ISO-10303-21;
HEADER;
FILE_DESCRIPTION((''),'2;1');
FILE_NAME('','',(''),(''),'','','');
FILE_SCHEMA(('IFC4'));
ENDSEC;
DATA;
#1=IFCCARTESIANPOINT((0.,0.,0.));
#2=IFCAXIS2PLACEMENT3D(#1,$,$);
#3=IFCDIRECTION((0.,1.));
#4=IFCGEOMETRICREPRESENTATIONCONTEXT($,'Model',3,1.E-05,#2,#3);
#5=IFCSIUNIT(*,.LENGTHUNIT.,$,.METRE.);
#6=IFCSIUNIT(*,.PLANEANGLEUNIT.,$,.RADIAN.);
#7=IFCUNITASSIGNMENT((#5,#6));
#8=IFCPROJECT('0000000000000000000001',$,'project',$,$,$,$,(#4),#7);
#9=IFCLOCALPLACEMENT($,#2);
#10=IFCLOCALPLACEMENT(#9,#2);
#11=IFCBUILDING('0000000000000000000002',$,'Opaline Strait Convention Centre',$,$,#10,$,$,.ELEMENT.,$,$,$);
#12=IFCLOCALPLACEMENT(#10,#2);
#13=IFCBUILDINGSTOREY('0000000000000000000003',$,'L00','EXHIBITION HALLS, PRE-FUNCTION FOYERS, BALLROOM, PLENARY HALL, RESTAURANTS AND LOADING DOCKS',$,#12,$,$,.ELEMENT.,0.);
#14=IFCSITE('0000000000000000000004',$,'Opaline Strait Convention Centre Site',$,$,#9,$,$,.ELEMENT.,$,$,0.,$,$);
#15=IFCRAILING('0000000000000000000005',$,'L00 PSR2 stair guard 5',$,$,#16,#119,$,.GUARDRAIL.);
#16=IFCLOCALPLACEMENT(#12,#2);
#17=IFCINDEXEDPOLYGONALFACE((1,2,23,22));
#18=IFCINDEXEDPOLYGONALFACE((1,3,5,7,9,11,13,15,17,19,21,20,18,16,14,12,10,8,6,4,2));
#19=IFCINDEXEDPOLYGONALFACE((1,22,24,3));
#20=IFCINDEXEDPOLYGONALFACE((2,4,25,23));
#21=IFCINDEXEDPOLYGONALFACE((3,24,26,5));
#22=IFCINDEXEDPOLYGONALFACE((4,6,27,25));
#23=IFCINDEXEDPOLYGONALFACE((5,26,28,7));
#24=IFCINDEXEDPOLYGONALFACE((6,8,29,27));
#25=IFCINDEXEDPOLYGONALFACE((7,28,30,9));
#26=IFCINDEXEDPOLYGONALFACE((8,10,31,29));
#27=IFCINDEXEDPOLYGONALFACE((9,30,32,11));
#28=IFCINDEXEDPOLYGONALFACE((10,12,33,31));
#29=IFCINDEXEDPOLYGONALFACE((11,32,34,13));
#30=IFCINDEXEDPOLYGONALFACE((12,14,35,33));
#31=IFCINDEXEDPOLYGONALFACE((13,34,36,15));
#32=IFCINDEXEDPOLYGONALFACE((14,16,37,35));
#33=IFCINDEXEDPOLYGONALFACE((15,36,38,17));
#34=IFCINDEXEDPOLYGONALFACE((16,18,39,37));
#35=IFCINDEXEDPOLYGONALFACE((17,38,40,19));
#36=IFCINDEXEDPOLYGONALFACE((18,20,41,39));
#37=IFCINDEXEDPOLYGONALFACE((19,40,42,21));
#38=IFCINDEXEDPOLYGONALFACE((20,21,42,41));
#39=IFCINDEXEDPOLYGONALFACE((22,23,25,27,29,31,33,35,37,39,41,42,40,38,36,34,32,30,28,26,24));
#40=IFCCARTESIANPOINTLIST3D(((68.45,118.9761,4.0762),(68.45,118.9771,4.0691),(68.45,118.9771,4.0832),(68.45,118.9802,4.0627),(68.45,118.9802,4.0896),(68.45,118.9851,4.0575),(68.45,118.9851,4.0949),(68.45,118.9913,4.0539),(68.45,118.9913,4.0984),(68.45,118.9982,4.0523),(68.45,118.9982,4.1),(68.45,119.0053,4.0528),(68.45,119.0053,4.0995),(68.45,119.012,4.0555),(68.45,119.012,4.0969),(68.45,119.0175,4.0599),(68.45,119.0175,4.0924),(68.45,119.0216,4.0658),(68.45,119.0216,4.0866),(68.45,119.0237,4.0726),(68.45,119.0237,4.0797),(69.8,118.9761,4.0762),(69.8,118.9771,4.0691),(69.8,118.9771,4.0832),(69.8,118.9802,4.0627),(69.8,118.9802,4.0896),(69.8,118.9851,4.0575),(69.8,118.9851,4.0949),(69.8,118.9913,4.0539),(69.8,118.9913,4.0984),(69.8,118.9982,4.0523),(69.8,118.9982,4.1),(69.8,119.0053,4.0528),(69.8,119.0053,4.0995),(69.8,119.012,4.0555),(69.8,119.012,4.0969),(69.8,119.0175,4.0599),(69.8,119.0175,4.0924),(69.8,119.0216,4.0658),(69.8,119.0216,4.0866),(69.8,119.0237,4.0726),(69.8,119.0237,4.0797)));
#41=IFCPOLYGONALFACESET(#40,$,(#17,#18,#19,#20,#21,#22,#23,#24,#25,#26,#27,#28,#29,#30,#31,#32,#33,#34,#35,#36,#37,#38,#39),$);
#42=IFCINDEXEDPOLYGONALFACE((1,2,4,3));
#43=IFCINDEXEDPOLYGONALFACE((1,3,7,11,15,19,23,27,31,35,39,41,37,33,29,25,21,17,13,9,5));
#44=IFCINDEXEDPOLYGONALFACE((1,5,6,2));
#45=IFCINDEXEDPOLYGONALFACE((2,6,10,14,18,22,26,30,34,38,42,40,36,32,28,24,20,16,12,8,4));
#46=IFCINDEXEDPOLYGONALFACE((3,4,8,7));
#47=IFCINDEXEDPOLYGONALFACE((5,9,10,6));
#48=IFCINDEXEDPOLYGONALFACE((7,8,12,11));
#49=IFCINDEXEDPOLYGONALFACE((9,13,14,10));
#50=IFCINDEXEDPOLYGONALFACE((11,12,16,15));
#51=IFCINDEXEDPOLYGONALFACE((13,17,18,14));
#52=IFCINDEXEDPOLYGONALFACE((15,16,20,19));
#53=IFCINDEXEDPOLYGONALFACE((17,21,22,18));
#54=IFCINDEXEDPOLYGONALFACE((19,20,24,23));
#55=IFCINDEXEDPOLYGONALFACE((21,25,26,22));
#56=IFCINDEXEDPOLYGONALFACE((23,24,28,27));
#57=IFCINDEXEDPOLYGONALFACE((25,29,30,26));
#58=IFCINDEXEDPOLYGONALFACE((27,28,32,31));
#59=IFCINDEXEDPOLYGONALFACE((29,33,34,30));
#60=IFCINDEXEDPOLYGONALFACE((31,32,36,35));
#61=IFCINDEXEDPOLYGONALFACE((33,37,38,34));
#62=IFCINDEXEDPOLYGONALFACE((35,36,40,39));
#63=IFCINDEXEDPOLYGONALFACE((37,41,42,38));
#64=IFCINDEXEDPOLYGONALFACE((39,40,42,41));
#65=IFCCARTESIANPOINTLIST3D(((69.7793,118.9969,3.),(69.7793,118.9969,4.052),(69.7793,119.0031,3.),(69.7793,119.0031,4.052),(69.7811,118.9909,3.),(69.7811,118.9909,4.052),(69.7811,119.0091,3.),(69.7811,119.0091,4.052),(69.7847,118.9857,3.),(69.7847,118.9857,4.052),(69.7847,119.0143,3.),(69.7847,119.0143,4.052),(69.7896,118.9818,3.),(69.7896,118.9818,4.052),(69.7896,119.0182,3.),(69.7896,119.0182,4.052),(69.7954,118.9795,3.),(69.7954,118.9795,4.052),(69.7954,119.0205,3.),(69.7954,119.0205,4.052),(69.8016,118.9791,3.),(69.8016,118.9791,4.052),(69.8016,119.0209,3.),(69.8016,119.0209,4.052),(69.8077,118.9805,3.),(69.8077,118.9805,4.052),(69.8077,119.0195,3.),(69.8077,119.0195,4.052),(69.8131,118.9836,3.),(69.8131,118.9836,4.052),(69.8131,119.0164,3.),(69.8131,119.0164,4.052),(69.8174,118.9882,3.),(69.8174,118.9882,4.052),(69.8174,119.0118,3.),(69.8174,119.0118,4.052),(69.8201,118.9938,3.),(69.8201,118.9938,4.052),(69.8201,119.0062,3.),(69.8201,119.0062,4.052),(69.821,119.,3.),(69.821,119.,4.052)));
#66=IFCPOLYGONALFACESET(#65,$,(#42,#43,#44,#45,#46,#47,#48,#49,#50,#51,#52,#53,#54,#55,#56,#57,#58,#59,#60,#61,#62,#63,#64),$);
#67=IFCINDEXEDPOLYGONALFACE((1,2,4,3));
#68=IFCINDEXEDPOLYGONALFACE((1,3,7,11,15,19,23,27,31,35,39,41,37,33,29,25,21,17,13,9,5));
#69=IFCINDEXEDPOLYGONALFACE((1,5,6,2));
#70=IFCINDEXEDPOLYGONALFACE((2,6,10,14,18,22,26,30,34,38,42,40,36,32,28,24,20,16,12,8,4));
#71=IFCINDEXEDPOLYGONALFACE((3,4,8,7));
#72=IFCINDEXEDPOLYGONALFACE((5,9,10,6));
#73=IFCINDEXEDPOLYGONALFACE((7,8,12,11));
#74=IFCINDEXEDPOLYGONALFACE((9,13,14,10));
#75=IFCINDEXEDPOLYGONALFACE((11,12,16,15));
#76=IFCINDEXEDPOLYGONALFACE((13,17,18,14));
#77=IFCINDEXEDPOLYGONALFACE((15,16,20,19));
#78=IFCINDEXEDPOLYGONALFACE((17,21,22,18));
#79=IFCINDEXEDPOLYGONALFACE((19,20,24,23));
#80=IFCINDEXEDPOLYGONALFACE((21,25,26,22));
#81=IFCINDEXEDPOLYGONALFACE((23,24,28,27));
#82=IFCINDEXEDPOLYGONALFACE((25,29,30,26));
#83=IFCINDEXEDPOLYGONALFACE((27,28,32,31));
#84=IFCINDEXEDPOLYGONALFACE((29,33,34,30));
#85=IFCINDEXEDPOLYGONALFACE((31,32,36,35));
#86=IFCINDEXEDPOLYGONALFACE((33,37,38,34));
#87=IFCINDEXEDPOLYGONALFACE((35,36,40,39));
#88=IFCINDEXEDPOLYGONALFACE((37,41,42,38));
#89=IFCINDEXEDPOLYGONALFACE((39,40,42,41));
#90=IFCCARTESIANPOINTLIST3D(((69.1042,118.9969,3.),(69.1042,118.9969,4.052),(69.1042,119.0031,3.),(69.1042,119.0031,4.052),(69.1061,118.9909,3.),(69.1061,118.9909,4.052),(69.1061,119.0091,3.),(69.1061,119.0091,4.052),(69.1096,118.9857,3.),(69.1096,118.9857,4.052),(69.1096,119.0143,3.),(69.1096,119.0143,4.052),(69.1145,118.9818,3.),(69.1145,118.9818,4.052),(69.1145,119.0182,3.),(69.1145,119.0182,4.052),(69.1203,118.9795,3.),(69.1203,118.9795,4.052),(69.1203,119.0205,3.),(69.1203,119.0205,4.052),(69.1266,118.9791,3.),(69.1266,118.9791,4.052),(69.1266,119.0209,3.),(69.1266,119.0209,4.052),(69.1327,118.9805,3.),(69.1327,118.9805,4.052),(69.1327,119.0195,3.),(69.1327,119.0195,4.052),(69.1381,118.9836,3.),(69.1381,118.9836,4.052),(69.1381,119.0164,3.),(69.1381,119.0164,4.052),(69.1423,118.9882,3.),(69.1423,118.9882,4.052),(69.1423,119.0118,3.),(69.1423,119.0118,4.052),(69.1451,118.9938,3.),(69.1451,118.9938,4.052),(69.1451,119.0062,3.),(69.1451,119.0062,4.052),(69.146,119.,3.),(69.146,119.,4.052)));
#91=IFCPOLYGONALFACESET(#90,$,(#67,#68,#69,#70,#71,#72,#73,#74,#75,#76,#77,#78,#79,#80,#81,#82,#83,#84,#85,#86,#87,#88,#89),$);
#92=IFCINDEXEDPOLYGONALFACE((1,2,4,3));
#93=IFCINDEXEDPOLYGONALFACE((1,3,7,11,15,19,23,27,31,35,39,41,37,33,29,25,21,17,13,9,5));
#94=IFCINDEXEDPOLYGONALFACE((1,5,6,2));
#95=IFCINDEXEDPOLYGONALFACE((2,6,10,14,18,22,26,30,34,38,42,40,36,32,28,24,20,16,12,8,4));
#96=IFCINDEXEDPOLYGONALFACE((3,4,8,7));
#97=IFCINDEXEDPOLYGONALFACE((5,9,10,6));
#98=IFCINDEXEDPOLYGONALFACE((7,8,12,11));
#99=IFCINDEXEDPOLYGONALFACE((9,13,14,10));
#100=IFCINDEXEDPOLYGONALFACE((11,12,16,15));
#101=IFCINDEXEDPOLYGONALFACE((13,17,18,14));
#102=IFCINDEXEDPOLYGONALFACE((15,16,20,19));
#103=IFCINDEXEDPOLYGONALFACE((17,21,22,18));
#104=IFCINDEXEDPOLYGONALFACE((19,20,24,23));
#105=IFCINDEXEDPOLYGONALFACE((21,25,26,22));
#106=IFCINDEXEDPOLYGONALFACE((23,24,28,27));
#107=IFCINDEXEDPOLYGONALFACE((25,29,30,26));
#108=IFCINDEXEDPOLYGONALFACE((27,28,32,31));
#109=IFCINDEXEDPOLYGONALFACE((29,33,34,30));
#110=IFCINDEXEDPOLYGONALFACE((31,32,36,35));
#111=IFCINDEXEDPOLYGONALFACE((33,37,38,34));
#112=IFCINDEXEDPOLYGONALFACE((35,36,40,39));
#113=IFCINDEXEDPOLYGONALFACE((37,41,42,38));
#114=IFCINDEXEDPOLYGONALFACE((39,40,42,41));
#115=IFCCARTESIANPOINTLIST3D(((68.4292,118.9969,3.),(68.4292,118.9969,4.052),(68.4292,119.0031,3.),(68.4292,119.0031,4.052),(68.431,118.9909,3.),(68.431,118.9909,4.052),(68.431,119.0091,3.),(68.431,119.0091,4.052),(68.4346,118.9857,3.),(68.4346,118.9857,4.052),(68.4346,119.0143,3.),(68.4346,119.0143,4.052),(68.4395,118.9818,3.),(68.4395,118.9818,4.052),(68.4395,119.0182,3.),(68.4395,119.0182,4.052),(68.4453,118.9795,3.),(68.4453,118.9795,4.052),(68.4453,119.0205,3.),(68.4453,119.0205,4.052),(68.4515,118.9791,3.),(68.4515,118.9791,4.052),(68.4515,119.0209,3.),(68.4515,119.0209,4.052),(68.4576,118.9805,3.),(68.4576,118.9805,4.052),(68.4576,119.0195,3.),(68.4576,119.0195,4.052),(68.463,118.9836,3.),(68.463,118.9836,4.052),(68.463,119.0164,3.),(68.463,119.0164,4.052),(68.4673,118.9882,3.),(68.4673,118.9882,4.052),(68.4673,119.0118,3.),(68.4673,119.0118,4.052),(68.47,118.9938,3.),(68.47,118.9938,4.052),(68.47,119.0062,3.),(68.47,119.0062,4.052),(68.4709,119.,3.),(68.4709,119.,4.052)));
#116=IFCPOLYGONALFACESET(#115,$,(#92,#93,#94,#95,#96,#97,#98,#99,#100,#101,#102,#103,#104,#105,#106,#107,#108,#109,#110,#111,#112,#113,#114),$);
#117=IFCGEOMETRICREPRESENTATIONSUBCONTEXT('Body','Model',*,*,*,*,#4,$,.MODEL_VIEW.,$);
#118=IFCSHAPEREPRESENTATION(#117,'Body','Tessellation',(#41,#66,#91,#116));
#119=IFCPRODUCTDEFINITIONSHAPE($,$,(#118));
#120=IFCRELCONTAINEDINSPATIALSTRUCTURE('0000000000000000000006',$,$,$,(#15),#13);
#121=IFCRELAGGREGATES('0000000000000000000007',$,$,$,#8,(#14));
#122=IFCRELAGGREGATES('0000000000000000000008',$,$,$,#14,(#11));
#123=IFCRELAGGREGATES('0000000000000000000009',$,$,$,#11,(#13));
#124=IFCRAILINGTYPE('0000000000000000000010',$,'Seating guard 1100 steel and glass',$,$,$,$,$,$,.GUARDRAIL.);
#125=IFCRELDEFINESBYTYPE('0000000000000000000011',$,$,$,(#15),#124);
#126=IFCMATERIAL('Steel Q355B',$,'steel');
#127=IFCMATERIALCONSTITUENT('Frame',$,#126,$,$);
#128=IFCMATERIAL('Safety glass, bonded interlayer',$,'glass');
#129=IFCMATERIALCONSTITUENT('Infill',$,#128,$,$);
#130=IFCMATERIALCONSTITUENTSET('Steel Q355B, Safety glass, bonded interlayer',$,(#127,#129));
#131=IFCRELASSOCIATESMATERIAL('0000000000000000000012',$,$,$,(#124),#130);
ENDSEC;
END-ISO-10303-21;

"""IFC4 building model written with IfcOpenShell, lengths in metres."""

from ifc_helpers import new_model, si_unit, direction, frame, origin, origin_2d, place, context, subcontext, project, spatial, circle, extrude, material, constituent, constituent_set, type_object, element, save


model = new_model("IFC4")

# Units and contexts
model_context = context("Model", 3, precision=1e-05, world=origin(), true_north=direction((0.0, 1.0)))
body_context = subcontext(model_context, "Body", "Model", "MODEL_VIEW")
ifc_project = project(units=[si_unit("LENGTHUNIT", "METRE"), si_unit("PLANEANGLEUNIT", "RADIAN")], contexts=[model_context])

# Site, building, storey
site_placement = place(None, origin())
site = spatial("IfcSite", under=ifc_project, at=site_placement, Name="Opaline Strait Convention Centre Site", CompositionType="ELEMENT", RefElevation=0.0)
building_placement = place(site_placement, origin())
building = spatial("IfcBuilding", under=site, at=building_placement, Name="Opaline Strait Convention Centre", CompositionType="ELEMENT")
storey_placement = place(building_placement, origin())
storey = spatial("IfcBuildingStorey", under=building, at=storey_placement, Name="L00", Description="EXHIBITION HALLS, PRE-FUNCTION FOYERS, BALLROOM, PLENARY HALL, RESTAURANTS AND LOADING DOCKS", CompositionType="ELEMENT", Elevation=0.0)

# Railing
ifc_material_1 = material(Name="Steel Q355B", Category="steel")
ifc_constituent_1 = constituent(ifc_material_1, Name="Frame")
ifc_material_2 = material(Name="Safety glass, bonded interlayer", Category="glass")
ifc_constituent_2 = constituent(ifc_material_2, Name="Infill")
ifc_constituent_set = constituent_set(constituents=[ifc_constituent_1, ifc_constituent_2], Name="Steel Q355B, Safety glass, bonded interlayer")
railing_type_1 = type_object("IfcRailingType", Name="Seating guard 1100 steel and glass", PredefinedType="GUARDRAIL", material=ifc_constituent_set)
railing_1_placement = place(storey_placement, frame((69.8, 119.0, 3.0)))
element("IfcRailing", 1, at=railing_1_placement, inside=storey, type_object=railing_type_1, Name="L00 PSR2 stair guard 5", PredefinedType="GUARDRAIL", context=body_context, shape_type="SweptSolid", body=[
    extrude(circle(Radius=0.0239, at=origin_2d()), frame((0.0, 0.0, 1.0762), z_axis=(-1.0, 0.0, 0.0), x_axis=(0.0, -1.0, 0.0)), (0.0, 0.0, 1.0), 1.3501),
    extrude(circle(Radius=0.021, at=origin_2d()), origin(), (0.0, 0.0, 1.0), 1.052),
    extrude(circle(Radius=0.021, at=origin_2d()), frame((-0.675, 0.0, 0.0)), (0.0, 0.0, 1.0), 1.052),
    extrude(circle(Radius=0.021, at=origin_2d()), frame((-1.3501, 0.0, 0.0)), (0.0, 0.0, 1.0), 1.052),
])

save(model, "model.ifc")
